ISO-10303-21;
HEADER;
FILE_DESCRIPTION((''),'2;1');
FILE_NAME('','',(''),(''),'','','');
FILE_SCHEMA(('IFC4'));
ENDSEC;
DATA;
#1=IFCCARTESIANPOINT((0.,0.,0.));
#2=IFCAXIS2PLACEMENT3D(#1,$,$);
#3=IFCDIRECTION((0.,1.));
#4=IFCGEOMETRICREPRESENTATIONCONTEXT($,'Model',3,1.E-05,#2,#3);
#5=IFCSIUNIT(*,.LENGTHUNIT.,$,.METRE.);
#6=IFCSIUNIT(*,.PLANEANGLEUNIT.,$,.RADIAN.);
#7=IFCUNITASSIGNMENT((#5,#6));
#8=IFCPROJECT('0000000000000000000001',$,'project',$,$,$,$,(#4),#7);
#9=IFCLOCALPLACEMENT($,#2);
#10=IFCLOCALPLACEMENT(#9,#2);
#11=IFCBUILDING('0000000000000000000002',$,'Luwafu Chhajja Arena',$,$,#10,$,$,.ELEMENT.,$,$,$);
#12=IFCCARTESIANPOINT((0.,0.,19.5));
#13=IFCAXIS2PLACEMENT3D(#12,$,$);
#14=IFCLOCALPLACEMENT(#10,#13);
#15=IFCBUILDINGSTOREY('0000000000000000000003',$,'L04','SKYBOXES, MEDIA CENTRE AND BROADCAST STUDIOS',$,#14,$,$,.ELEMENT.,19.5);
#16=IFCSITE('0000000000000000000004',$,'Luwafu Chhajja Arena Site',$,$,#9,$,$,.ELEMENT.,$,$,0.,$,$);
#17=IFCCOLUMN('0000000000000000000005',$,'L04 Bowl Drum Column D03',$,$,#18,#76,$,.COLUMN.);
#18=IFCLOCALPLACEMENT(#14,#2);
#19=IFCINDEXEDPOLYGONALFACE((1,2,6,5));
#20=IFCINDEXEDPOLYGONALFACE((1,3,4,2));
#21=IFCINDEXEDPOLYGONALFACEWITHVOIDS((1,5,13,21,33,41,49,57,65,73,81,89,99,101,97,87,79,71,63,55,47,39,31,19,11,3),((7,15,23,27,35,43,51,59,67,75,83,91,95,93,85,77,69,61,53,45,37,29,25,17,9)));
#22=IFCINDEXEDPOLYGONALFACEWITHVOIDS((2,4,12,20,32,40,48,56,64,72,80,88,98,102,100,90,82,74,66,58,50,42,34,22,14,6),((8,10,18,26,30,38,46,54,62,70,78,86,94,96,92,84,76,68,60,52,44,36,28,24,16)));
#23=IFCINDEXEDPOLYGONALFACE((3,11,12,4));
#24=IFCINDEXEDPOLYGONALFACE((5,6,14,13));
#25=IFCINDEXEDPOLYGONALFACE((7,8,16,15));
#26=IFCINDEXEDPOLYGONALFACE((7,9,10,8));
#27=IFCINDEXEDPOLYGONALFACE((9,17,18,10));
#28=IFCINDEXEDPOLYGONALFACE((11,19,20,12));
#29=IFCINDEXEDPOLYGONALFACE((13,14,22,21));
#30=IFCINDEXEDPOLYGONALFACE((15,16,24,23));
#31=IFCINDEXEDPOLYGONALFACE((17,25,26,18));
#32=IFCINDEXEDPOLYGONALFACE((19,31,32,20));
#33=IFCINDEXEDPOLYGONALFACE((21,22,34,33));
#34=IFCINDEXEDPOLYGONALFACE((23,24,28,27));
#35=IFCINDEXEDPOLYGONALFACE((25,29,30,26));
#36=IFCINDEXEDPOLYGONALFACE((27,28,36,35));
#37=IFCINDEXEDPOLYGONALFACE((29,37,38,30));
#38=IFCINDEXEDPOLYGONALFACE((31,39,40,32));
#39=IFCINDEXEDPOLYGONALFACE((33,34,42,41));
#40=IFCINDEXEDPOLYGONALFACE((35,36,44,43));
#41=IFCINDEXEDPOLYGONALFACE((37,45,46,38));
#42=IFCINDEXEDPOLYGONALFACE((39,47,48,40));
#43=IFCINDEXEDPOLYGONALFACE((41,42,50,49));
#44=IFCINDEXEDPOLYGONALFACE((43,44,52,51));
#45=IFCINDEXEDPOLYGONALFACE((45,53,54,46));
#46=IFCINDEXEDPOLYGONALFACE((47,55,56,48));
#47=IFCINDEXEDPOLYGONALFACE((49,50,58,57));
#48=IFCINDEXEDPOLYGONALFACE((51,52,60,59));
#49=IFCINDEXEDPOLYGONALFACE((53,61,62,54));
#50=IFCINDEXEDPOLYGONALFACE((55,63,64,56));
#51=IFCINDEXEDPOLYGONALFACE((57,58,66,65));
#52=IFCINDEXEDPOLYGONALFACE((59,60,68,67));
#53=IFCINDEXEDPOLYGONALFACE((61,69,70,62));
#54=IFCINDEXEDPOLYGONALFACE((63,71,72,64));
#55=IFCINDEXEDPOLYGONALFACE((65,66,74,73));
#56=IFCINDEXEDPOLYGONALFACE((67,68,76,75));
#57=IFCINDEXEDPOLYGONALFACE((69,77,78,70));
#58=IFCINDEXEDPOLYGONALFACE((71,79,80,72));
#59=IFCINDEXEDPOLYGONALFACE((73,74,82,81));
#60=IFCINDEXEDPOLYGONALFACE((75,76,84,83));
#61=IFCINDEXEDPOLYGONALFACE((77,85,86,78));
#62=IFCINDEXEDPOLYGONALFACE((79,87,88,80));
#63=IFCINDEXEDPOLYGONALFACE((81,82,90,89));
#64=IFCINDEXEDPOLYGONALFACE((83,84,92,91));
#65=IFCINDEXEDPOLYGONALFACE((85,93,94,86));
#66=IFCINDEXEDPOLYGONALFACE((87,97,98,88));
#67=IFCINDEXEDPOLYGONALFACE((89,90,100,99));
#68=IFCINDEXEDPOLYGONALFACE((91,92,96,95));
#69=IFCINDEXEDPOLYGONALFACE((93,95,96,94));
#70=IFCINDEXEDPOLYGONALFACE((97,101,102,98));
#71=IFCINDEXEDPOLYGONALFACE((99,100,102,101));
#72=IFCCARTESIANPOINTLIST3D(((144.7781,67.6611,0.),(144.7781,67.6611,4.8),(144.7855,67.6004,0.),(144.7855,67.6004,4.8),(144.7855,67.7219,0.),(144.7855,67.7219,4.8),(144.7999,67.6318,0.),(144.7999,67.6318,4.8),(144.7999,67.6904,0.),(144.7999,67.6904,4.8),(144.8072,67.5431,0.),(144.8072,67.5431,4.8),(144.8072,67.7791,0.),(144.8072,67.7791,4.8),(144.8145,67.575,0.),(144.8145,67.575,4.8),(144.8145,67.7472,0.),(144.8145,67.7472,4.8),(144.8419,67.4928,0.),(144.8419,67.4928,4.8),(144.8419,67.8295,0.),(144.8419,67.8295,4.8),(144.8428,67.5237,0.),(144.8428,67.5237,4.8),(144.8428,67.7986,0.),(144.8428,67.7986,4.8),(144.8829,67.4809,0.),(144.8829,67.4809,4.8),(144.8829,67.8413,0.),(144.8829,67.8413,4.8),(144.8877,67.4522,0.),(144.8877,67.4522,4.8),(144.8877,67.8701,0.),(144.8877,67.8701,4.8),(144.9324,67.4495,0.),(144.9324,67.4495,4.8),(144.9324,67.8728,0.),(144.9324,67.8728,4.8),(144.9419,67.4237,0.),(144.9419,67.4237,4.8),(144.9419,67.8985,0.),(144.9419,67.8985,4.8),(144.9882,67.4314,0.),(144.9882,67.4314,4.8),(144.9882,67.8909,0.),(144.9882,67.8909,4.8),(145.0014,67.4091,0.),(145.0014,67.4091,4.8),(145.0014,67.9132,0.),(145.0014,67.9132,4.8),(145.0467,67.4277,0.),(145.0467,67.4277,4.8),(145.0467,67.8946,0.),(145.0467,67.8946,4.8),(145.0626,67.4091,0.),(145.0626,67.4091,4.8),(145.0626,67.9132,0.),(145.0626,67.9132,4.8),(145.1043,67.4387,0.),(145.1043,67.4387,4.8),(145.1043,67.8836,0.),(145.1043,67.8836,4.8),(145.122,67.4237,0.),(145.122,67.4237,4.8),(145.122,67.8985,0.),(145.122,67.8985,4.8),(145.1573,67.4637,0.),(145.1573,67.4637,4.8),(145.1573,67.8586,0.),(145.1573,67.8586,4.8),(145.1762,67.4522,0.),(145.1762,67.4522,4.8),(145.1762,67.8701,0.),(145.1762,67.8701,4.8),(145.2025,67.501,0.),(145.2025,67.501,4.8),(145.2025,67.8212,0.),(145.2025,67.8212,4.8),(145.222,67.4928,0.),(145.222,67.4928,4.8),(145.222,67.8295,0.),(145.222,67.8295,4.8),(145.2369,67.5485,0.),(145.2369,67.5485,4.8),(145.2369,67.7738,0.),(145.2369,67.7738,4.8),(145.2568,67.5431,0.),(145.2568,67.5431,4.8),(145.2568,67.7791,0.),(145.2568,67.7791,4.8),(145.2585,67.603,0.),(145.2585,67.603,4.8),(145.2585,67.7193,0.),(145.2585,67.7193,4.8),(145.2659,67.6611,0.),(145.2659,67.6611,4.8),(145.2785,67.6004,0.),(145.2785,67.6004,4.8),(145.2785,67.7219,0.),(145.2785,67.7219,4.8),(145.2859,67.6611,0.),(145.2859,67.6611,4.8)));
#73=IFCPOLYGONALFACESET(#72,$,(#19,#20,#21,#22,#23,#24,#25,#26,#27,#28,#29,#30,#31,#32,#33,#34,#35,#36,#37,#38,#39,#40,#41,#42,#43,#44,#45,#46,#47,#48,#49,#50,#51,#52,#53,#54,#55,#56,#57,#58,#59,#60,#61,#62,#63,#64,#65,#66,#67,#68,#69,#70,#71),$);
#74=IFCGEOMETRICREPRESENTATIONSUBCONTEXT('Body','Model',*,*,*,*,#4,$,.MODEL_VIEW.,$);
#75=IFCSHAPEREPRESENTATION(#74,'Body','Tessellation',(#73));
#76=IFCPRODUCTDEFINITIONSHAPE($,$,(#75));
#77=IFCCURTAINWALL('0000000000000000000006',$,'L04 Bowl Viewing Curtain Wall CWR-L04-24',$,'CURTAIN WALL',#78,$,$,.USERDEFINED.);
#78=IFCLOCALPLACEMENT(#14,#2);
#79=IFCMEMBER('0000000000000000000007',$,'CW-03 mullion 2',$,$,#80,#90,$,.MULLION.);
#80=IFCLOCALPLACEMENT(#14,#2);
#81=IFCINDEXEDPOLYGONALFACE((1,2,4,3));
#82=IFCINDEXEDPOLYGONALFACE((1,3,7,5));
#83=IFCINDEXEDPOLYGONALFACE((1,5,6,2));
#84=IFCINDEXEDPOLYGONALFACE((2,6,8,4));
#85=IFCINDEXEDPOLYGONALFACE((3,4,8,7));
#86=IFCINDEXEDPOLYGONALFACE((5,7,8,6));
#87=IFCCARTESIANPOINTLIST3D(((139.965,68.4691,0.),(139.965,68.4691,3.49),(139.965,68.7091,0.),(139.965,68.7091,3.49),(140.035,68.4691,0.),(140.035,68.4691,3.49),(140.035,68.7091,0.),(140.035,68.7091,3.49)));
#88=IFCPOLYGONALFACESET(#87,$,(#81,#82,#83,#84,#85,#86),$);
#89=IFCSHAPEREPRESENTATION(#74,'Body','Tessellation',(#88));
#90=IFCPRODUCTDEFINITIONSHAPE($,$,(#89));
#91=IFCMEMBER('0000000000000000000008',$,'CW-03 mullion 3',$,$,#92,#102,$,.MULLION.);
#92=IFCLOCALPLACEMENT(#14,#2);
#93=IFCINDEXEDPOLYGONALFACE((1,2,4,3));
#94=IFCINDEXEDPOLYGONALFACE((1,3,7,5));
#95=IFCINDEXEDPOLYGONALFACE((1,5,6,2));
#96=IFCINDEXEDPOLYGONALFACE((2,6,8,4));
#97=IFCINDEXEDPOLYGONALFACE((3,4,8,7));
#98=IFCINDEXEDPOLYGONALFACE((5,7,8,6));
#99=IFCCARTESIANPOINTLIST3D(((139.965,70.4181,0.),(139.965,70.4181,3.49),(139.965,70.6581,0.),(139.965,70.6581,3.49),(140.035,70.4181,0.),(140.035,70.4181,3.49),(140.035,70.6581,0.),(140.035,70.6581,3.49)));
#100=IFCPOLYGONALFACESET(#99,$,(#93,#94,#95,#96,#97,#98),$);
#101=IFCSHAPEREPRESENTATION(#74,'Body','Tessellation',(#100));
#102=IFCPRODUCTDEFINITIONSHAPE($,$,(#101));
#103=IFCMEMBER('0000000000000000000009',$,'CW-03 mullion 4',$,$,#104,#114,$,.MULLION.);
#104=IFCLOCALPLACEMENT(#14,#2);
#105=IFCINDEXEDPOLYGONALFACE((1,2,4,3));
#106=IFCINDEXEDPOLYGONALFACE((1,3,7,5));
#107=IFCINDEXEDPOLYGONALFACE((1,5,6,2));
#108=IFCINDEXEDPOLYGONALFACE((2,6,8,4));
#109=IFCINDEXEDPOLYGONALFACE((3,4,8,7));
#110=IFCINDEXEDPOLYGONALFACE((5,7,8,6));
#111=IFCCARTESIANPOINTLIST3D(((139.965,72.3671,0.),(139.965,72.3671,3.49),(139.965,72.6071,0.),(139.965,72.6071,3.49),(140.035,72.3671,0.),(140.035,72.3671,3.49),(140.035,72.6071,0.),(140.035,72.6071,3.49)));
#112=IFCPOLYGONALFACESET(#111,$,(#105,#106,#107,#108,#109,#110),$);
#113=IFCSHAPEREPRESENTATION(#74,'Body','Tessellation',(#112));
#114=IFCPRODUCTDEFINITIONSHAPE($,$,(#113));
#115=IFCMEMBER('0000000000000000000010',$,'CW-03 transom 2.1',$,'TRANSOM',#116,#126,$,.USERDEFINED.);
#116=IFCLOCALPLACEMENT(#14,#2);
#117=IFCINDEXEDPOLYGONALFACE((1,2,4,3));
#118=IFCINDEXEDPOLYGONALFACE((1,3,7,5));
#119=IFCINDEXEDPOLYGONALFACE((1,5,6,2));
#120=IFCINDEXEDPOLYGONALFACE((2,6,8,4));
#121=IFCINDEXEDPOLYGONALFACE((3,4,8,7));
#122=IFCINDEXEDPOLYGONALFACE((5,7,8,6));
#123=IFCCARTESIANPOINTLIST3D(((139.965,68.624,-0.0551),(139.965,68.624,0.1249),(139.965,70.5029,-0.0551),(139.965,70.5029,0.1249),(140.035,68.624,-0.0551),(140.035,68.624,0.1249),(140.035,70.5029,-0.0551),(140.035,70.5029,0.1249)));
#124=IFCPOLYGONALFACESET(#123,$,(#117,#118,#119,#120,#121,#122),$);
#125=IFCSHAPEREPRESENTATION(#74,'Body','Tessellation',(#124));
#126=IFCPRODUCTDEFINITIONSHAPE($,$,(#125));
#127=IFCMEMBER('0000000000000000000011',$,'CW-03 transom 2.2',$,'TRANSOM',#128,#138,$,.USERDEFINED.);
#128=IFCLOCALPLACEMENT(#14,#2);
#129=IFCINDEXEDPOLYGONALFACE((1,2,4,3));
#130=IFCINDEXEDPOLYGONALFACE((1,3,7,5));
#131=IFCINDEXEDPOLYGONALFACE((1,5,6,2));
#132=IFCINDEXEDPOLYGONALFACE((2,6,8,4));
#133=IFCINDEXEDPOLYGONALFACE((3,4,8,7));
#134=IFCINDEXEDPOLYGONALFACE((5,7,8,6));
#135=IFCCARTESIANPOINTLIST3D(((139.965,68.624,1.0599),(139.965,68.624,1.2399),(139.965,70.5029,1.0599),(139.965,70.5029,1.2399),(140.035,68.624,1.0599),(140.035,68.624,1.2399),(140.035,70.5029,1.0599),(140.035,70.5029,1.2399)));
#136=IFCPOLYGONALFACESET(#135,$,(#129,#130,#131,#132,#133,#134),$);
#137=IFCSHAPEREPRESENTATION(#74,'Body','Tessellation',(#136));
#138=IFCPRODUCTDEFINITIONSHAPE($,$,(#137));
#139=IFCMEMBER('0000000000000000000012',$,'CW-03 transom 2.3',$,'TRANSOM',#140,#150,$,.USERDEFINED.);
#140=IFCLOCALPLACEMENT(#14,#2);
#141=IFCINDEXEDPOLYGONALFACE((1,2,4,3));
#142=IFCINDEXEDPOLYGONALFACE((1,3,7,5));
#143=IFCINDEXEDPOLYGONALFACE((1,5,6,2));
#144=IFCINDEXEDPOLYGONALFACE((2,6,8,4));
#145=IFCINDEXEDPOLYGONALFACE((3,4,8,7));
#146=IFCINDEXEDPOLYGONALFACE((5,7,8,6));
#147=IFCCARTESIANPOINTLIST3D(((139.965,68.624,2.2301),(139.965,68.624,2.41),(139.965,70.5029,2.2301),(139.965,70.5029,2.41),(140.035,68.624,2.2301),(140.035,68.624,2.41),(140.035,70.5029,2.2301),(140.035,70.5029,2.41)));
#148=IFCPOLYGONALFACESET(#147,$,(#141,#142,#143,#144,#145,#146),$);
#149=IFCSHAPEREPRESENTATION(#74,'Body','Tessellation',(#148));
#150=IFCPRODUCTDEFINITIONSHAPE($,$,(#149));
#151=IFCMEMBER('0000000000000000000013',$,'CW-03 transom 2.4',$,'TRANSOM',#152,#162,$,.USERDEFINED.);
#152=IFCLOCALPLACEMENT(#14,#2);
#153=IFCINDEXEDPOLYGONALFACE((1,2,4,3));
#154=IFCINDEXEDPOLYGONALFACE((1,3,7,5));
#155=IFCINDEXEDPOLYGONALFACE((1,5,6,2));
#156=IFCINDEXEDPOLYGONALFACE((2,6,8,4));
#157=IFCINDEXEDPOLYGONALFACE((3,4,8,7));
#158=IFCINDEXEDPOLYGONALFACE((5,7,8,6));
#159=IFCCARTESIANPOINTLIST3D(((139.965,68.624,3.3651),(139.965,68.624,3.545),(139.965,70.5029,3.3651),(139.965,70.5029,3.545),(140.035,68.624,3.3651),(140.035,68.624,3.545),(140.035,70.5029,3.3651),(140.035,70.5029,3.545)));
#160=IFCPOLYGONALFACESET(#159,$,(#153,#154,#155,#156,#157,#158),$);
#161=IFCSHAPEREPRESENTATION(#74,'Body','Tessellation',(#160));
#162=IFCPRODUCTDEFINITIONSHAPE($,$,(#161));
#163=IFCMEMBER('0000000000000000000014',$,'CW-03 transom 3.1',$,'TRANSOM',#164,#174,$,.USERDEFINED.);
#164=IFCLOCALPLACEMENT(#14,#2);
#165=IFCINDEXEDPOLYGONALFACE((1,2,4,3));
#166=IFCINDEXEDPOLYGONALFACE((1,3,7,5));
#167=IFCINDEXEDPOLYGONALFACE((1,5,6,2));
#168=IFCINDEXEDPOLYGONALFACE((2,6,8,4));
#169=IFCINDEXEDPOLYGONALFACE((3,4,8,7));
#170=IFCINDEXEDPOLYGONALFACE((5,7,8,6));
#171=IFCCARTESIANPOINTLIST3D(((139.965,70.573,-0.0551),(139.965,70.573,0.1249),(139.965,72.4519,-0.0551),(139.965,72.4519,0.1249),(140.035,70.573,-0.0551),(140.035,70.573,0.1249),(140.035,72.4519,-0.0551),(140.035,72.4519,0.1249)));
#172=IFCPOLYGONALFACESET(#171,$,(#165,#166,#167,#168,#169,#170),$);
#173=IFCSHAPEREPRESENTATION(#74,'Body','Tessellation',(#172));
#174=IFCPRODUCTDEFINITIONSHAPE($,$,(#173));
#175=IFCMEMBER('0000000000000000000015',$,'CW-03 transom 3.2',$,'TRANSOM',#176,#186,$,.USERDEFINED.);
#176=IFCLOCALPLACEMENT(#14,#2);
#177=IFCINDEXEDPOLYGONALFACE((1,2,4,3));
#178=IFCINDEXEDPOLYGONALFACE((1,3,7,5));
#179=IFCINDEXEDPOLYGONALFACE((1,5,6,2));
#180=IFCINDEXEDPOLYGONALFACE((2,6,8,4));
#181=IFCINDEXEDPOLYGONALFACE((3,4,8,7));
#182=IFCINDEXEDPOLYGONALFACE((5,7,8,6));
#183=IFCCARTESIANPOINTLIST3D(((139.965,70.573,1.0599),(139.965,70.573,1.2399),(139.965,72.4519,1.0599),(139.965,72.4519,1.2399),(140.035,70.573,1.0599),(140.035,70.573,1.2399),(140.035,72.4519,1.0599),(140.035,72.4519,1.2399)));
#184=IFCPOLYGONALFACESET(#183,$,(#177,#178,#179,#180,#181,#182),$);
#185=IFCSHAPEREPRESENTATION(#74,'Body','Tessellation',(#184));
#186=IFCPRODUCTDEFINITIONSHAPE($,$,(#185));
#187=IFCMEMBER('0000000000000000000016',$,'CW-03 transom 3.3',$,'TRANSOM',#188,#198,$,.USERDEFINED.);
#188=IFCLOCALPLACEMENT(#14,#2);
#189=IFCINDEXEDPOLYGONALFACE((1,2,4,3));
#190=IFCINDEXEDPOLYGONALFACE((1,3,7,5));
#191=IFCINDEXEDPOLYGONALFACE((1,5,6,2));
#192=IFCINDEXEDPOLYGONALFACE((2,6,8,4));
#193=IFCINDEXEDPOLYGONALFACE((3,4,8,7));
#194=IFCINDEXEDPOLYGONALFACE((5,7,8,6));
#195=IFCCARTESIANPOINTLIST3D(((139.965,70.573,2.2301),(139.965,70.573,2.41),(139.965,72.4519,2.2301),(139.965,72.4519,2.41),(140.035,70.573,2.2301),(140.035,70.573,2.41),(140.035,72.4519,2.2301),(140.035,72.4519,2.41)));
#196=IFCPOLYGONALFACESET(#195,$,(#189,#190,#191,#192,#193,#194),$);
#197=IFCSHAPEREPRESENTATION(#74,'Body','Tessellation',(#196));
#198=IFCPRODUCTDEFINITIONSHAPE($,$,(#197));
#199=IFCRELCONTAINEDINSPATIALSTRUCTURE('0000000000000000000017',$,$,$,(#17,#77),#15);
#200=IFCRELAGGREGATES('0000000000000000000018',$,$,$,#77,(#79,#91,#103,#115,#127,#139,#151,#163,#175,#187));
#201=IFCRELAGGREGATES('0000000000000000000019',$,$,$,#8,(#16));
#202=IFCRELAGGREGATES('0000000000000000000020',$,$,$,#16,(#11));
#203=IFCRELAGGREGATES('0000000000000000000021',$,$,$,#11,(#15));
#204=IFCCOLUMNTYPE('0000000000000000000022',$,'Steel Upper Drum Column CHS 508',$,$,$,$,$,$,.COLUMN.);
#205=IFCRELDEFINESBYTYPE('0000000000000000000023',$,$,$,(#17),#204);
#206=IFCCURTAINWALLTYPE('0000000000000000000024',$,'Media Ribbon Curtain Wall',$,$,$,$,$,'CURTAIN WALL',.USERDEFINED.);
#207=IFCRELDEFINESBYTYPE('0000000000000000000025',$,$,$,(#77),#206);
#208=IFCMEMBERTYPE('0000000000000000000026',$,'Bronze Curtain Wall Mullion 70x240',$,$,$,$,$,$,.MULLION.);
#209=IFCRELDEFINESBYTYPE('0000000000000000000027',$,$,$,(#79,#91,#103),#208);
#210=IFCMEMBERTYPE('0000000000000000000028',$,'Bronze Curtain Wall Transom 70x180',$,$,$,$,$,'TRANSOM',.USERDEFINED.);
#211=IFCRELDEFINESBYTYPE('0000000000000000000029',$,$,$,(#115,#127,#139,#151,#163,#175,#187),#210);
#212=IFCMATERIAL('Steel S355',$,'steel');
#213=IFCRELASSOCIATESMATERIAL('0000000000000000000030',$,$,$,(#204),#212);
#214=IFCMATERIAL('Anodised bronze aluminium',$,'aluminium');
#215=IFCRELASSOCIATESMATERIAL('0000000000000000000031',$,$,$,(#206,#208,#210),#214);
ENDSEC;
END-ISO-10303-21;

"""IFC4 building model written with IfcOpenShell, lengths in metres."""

from ifc_helpers import new_model, si_unit, direction, frame, origin, origin_2d, place, context, subcontext, project, spatial, rectangle, hollow_circle, extrude, material, material_profile, profile_set, type_object, element, aggregate, save


model = new_model("IFC4")

# Units and contexts
model_context = context("Model", 3, precision=1e-05, world=origin(), true_north=direction((0.0, 1.0)))
body_context = subcontext(model_context, "Body", "Model", "MODEL_VIEW")
ifc_project = project(units=[si_unit("LENGTHUNIT", "METRE"), si_unit("PLANEANGLEUNIT", "RADIAN")], contexts=[model_context])

# Site, building, storey
site_placement = place(None, origin())
site = spatial("IfcSite", under=ifc_project, at=site_placement, Name="Luwafu Chhajja Arena Site", CompositionType="ELEMENT", RefElevation=0.0)
building_placement = place(site_placement, origin())
building = spatial("IfcBuilding", under=site, at=building_placement, Name="Luwafu Chhajja Arena", CompositionType="ELEMENT")
storey_placement = place(building_placement, frame((0.0, 0.0, 19.5)))
storey = spatial("IfcBuildingStorey", under=building, at=storey_placement, Name="L04", Description="SKYBOXES, MEDIA CENTRE AND BROADCAST STUDIOS", CompositionType="ELEMENT", Elevation=19.5)

# Column
ifc_material_1 = material(Name="Steel S355", Category="steel")
ifc_material_profile_1 = material_profile(ifc_material_1, hollow_circle(Radius=0.2539, WallThickness=0.02, at=origin_2d()), Name="CHS 508x20")
ifc_profile_set_1 = profile_set([ifc_material_profile_1], Name="Steel S355")
column_type = type_object("IfcColumnType", Name="Steel Upper Drum Column CHS 508", PredefinedType="COLUMN", material=ifc_profile_set_1)
column_placement = place(storey_placement, frame((145.032, 67.6611, 0.0), z_axis=(0.0, 0.0, 1.0), x_axis=(1.0, 0.0, 0.0)))
element("IfcColumn", 1, at=column_placement, inside=storey, type_object=column_type, Name="L04 Bowl Drum Column D03", PredefinedType="COLUMN", context=body_context, shape_type="SweptSolid", body=[
    extrude(hollow_circle(Radius=0.2539, WallThickness=0.02, at=origin_2d()), origin(), (0.0, 0.0, 1.0), 4.8),
])

# Curtain wall, members
ifc_material_2 = material(Name="Anodised bronze aluminium", Category="aluminium")
curtain_wall_type = type_object("IfcCurtainWallType", Name="Media Ribbon Curtain Wall", ElementType="CURTAIN WALL", PredefinedType="USERDEFINED", material=ifc_material_2)
curtain_wall_placement = place(storey_placement, origin())
curtain_wall = element("IfcCurtainWall", 2, at=curtain_wall_placement, inside=storey, type_object=curtain_wall_type, Name="L04 Bowl Viewing Curtain Wall CWR-L04-24", ObjectType="CURTAIN WALL", PredefinedType="USERDEFINED")
ifc_material_profile_2 = material_profile(ifc_material_2, rectangle(XDim=0.0701, YDim=0.24, at=origin_2d()), Name="CWM 70x240")
ifc_profile_set_2 = profile_set([ifc_material_profile_2], Name="Anodised bronze aluminium")
member_type_1 = type_object("IfcMemberType", Name="Bronze Curtain Wall Mullion 70x240", PredefinedType="MULLION", material=ifc_profile_set_2)
member_1_placement = place(storey_placement, frame((140.0, 68.5891, 0.0), z_axis=(0.0, 0.0, 1.0), x_axis=(-1.0, 0.0, 0.0)))
member_1 = element("IfcMember", 3, at=member_1_placement, type_object=member_type_1, Name="CW-03 mullion 2", PredefinedType="MULLION", context=body_context, shape_type="SweptSolid", body=[
    extrude(rectangle(XDim=0.0701, YDim=0.24, at=origin_2d()), origin(), (0.0, 0.0, 1.0), 3.49),
])
member_2_placement = place(storey_placement, frame((140.0, 70.5381, 0.0), z_axis=(0.0, 0.0, 1.0), x_axis=(-1.0, 0.0, 0.0)))
member_2 = element("IfcMember", 4, at=member_2_placement, type_object=member_type_1, Name="CW-03 mullion 3", PredefinedType="MULLION", context=body_context, shape_type="SweptSolid", body=[
    extrude(rectangle(XDim=0.0701, YDim=0.24, at=origin_2d()), origin(), (0.0, 0.0, 1.0), 3.49),
])
member_3_placement = place(storey_placement, frame((140.0, 72.4871, 0.0), z_axis=(0.0, 0.0, 1.0), x_axis=(-1.0, 0.0, 0.0)))
member_3 = element("IfcMember", 5, at=member_3_placement, type_object=member_type_1, Name="CW-03 mullion 4", PredefinedType="MULLION", context=body_context, shape_type="SweptSolid", body=[
    extrude(rectangle(XDim=0.0701, YDim=0.24, at=origin_2d()), origin(), (0.0, 0.0, 1.0), 3.49),
])
ifc_material_profile_3 = material_profile(ifc_material_2, rectangle(XDim=0.0701, YDim=0.1799, at=origin_2d()), Name="CWT 70x180")
ifc_profile_set_3 = profile_set([ifc_material_profile_3], Name="Anodised bronze aluminium")
member_type_2 = type_object("IfcMemberType", Name="Bronze Curtain Wall Transom 70x180", ElementType="TRANSOM", PredefinedType="USERDEFINED", material=ifc_profile_set_3)
member_4_placement = place(storey_placement, frame((140.0, 68.624, 0.0349), z_axis=(0.0, 1.0, 0.0), x_axis=(-1.0, 0.0, 0.0)))
member_4 = element("IfcMember", 6, at=member_4_placement, type_object=member_type_2, Name="CW-03 transom 2.1", ObjectType="TRANSOM", PredefinedType="USERDEFINED", context=body_context, shape_type="SweptSolid", body=[
    extrude(rectangle(XDim=0.0701, YDim=0.1799, at=origin_2d()), origin(), (0.0, 0.0, 1.0), 1.8789),
])
member_5_placement = place(storey_placement, frame((140.0, 68.624, 1.1499), z_axis=(0.0, 1.0, 0.0), x_axis=(-1.0, 0.0, 0.0)))
member_5 = element("IfcMember", 7, at=member_5_placement, type_object=member_type_2, Name="CW-03 transom 2.2", ObjectType="TRANSOM", PredefinedType="USERDEFINED", context=body_context, shape_type="SweptSolid", body=[
    extrude(rectangle(XDim=0.0701, YDim=0.1799, at=origin_2d()), origin(), (0.0, 0.0, 1.0), 1.8789),
])
member_6_placement = place(storey_placement, frame((140.0, 68.624, 2.3201), z_axis=(0.0, 1.0, 0.0), x_axis=(-1.0, 0.0, 0.0)))
member_6 = element("IfcMember", 8, at=member_6_placement, type_object=member_type_2, Name="CW-03 transom 2.3", ObjectType="TRANSOM", PredefinedType="USERDEFINED", context=body_context, shape_type="SweptSolid", body=[
    extrude(rectangle(XDim=0.0701, YDim=0.1799, at=origin_2d()), origin(), (0.0, 0.0, 1.0), 1.8789),
])
member_7_placement = place(storey_placement, frame((140.0, 68.624, 3.4551), z_axis=(0.0, 1.0, 0.0), x_axis=(-1.0, 0.0, 0.0)))
member_7 = element("IfcMember", 9, at=member_7_placement, type_object=member_type_2, Name="CW-03 transom 2.4", ObjectType="TRANSOM", PredefinedType="USERDEFINED", context=body_context, shape_type="SweptSolid", body=[
    extrude(rectangle(XDim=0.0701, YDim=0.1799, at=origin_2d()), origin(), (0.0, 0.0, 1.0), 1.8789),
])
member_8_placement = place(storey_placement, frame((140.0, 70.573, 0.0349), z_axis=(0.0, 1.0, 0.0), x_axis=(-1.0, 0.0, 0.0)))
member_8 = element("IfcMember", 10, at=member_8_placement, type_object=member_type_2, Name="CW-03 transom 3.1", ObjectType="TRANSOM", PredefinedType="USERDEFINED", context=body_context, shape_type="SweptSolid", body=[
    extrude(rectangle(XDim=0.0701, YDim=0.1799, at=origin_2d()), origin(), (0.0, 0.0, 1.0), 1.8789),
])
member_9_placement = place(storey_placement, frame((140.0, 70.573, 1.1499), z_axis=(0.0, 1.0, 0.0), x_axis=(-1.0, 0.0, 0.0)))
member_9 = element("IfcMember", 11, at=member_9_placement, type_object=member_type_2, Name="CW-03 transom 3.2", ObjectType="TRANSOM", PredefinedType="USERDEFINED", context=body_context, shape_type="SweptSolid", body=[
    extrude(rectangle(XDim=0.0701, YDim=0.1799, at=origin_2d()), origin(), (0.0, 0.0, 1.0), 1.8789),
])
member_10_placement = place(storey_placement, frame((140.0, 70.573, 2.3201), z_axis=(0.0, 1.0, 0.0), x_axis=(-1.0, 0.0, 0.0)))
member_10 = element("IfcMember", 12, at=member_10_placement, type_object=member_type_2, Name="CW-03 transom 3.3", ObjectType="TRANSOM", PredefinedType="USERDEFINED", context=body_context, shape_type="SweptSolid", body=[
    extrude(rectangle(XDim=0.0701, YDim=0.1799, at=origin_2d()), origin(), (0.0, 0.0, 1.0), 1.8789),
])

aggregate(curtain_wall, [member_1, member_2, member_3, member_4, member_5, member_6, member_7, member_8, member_9, member_10])

save(model, "model.ifc")
